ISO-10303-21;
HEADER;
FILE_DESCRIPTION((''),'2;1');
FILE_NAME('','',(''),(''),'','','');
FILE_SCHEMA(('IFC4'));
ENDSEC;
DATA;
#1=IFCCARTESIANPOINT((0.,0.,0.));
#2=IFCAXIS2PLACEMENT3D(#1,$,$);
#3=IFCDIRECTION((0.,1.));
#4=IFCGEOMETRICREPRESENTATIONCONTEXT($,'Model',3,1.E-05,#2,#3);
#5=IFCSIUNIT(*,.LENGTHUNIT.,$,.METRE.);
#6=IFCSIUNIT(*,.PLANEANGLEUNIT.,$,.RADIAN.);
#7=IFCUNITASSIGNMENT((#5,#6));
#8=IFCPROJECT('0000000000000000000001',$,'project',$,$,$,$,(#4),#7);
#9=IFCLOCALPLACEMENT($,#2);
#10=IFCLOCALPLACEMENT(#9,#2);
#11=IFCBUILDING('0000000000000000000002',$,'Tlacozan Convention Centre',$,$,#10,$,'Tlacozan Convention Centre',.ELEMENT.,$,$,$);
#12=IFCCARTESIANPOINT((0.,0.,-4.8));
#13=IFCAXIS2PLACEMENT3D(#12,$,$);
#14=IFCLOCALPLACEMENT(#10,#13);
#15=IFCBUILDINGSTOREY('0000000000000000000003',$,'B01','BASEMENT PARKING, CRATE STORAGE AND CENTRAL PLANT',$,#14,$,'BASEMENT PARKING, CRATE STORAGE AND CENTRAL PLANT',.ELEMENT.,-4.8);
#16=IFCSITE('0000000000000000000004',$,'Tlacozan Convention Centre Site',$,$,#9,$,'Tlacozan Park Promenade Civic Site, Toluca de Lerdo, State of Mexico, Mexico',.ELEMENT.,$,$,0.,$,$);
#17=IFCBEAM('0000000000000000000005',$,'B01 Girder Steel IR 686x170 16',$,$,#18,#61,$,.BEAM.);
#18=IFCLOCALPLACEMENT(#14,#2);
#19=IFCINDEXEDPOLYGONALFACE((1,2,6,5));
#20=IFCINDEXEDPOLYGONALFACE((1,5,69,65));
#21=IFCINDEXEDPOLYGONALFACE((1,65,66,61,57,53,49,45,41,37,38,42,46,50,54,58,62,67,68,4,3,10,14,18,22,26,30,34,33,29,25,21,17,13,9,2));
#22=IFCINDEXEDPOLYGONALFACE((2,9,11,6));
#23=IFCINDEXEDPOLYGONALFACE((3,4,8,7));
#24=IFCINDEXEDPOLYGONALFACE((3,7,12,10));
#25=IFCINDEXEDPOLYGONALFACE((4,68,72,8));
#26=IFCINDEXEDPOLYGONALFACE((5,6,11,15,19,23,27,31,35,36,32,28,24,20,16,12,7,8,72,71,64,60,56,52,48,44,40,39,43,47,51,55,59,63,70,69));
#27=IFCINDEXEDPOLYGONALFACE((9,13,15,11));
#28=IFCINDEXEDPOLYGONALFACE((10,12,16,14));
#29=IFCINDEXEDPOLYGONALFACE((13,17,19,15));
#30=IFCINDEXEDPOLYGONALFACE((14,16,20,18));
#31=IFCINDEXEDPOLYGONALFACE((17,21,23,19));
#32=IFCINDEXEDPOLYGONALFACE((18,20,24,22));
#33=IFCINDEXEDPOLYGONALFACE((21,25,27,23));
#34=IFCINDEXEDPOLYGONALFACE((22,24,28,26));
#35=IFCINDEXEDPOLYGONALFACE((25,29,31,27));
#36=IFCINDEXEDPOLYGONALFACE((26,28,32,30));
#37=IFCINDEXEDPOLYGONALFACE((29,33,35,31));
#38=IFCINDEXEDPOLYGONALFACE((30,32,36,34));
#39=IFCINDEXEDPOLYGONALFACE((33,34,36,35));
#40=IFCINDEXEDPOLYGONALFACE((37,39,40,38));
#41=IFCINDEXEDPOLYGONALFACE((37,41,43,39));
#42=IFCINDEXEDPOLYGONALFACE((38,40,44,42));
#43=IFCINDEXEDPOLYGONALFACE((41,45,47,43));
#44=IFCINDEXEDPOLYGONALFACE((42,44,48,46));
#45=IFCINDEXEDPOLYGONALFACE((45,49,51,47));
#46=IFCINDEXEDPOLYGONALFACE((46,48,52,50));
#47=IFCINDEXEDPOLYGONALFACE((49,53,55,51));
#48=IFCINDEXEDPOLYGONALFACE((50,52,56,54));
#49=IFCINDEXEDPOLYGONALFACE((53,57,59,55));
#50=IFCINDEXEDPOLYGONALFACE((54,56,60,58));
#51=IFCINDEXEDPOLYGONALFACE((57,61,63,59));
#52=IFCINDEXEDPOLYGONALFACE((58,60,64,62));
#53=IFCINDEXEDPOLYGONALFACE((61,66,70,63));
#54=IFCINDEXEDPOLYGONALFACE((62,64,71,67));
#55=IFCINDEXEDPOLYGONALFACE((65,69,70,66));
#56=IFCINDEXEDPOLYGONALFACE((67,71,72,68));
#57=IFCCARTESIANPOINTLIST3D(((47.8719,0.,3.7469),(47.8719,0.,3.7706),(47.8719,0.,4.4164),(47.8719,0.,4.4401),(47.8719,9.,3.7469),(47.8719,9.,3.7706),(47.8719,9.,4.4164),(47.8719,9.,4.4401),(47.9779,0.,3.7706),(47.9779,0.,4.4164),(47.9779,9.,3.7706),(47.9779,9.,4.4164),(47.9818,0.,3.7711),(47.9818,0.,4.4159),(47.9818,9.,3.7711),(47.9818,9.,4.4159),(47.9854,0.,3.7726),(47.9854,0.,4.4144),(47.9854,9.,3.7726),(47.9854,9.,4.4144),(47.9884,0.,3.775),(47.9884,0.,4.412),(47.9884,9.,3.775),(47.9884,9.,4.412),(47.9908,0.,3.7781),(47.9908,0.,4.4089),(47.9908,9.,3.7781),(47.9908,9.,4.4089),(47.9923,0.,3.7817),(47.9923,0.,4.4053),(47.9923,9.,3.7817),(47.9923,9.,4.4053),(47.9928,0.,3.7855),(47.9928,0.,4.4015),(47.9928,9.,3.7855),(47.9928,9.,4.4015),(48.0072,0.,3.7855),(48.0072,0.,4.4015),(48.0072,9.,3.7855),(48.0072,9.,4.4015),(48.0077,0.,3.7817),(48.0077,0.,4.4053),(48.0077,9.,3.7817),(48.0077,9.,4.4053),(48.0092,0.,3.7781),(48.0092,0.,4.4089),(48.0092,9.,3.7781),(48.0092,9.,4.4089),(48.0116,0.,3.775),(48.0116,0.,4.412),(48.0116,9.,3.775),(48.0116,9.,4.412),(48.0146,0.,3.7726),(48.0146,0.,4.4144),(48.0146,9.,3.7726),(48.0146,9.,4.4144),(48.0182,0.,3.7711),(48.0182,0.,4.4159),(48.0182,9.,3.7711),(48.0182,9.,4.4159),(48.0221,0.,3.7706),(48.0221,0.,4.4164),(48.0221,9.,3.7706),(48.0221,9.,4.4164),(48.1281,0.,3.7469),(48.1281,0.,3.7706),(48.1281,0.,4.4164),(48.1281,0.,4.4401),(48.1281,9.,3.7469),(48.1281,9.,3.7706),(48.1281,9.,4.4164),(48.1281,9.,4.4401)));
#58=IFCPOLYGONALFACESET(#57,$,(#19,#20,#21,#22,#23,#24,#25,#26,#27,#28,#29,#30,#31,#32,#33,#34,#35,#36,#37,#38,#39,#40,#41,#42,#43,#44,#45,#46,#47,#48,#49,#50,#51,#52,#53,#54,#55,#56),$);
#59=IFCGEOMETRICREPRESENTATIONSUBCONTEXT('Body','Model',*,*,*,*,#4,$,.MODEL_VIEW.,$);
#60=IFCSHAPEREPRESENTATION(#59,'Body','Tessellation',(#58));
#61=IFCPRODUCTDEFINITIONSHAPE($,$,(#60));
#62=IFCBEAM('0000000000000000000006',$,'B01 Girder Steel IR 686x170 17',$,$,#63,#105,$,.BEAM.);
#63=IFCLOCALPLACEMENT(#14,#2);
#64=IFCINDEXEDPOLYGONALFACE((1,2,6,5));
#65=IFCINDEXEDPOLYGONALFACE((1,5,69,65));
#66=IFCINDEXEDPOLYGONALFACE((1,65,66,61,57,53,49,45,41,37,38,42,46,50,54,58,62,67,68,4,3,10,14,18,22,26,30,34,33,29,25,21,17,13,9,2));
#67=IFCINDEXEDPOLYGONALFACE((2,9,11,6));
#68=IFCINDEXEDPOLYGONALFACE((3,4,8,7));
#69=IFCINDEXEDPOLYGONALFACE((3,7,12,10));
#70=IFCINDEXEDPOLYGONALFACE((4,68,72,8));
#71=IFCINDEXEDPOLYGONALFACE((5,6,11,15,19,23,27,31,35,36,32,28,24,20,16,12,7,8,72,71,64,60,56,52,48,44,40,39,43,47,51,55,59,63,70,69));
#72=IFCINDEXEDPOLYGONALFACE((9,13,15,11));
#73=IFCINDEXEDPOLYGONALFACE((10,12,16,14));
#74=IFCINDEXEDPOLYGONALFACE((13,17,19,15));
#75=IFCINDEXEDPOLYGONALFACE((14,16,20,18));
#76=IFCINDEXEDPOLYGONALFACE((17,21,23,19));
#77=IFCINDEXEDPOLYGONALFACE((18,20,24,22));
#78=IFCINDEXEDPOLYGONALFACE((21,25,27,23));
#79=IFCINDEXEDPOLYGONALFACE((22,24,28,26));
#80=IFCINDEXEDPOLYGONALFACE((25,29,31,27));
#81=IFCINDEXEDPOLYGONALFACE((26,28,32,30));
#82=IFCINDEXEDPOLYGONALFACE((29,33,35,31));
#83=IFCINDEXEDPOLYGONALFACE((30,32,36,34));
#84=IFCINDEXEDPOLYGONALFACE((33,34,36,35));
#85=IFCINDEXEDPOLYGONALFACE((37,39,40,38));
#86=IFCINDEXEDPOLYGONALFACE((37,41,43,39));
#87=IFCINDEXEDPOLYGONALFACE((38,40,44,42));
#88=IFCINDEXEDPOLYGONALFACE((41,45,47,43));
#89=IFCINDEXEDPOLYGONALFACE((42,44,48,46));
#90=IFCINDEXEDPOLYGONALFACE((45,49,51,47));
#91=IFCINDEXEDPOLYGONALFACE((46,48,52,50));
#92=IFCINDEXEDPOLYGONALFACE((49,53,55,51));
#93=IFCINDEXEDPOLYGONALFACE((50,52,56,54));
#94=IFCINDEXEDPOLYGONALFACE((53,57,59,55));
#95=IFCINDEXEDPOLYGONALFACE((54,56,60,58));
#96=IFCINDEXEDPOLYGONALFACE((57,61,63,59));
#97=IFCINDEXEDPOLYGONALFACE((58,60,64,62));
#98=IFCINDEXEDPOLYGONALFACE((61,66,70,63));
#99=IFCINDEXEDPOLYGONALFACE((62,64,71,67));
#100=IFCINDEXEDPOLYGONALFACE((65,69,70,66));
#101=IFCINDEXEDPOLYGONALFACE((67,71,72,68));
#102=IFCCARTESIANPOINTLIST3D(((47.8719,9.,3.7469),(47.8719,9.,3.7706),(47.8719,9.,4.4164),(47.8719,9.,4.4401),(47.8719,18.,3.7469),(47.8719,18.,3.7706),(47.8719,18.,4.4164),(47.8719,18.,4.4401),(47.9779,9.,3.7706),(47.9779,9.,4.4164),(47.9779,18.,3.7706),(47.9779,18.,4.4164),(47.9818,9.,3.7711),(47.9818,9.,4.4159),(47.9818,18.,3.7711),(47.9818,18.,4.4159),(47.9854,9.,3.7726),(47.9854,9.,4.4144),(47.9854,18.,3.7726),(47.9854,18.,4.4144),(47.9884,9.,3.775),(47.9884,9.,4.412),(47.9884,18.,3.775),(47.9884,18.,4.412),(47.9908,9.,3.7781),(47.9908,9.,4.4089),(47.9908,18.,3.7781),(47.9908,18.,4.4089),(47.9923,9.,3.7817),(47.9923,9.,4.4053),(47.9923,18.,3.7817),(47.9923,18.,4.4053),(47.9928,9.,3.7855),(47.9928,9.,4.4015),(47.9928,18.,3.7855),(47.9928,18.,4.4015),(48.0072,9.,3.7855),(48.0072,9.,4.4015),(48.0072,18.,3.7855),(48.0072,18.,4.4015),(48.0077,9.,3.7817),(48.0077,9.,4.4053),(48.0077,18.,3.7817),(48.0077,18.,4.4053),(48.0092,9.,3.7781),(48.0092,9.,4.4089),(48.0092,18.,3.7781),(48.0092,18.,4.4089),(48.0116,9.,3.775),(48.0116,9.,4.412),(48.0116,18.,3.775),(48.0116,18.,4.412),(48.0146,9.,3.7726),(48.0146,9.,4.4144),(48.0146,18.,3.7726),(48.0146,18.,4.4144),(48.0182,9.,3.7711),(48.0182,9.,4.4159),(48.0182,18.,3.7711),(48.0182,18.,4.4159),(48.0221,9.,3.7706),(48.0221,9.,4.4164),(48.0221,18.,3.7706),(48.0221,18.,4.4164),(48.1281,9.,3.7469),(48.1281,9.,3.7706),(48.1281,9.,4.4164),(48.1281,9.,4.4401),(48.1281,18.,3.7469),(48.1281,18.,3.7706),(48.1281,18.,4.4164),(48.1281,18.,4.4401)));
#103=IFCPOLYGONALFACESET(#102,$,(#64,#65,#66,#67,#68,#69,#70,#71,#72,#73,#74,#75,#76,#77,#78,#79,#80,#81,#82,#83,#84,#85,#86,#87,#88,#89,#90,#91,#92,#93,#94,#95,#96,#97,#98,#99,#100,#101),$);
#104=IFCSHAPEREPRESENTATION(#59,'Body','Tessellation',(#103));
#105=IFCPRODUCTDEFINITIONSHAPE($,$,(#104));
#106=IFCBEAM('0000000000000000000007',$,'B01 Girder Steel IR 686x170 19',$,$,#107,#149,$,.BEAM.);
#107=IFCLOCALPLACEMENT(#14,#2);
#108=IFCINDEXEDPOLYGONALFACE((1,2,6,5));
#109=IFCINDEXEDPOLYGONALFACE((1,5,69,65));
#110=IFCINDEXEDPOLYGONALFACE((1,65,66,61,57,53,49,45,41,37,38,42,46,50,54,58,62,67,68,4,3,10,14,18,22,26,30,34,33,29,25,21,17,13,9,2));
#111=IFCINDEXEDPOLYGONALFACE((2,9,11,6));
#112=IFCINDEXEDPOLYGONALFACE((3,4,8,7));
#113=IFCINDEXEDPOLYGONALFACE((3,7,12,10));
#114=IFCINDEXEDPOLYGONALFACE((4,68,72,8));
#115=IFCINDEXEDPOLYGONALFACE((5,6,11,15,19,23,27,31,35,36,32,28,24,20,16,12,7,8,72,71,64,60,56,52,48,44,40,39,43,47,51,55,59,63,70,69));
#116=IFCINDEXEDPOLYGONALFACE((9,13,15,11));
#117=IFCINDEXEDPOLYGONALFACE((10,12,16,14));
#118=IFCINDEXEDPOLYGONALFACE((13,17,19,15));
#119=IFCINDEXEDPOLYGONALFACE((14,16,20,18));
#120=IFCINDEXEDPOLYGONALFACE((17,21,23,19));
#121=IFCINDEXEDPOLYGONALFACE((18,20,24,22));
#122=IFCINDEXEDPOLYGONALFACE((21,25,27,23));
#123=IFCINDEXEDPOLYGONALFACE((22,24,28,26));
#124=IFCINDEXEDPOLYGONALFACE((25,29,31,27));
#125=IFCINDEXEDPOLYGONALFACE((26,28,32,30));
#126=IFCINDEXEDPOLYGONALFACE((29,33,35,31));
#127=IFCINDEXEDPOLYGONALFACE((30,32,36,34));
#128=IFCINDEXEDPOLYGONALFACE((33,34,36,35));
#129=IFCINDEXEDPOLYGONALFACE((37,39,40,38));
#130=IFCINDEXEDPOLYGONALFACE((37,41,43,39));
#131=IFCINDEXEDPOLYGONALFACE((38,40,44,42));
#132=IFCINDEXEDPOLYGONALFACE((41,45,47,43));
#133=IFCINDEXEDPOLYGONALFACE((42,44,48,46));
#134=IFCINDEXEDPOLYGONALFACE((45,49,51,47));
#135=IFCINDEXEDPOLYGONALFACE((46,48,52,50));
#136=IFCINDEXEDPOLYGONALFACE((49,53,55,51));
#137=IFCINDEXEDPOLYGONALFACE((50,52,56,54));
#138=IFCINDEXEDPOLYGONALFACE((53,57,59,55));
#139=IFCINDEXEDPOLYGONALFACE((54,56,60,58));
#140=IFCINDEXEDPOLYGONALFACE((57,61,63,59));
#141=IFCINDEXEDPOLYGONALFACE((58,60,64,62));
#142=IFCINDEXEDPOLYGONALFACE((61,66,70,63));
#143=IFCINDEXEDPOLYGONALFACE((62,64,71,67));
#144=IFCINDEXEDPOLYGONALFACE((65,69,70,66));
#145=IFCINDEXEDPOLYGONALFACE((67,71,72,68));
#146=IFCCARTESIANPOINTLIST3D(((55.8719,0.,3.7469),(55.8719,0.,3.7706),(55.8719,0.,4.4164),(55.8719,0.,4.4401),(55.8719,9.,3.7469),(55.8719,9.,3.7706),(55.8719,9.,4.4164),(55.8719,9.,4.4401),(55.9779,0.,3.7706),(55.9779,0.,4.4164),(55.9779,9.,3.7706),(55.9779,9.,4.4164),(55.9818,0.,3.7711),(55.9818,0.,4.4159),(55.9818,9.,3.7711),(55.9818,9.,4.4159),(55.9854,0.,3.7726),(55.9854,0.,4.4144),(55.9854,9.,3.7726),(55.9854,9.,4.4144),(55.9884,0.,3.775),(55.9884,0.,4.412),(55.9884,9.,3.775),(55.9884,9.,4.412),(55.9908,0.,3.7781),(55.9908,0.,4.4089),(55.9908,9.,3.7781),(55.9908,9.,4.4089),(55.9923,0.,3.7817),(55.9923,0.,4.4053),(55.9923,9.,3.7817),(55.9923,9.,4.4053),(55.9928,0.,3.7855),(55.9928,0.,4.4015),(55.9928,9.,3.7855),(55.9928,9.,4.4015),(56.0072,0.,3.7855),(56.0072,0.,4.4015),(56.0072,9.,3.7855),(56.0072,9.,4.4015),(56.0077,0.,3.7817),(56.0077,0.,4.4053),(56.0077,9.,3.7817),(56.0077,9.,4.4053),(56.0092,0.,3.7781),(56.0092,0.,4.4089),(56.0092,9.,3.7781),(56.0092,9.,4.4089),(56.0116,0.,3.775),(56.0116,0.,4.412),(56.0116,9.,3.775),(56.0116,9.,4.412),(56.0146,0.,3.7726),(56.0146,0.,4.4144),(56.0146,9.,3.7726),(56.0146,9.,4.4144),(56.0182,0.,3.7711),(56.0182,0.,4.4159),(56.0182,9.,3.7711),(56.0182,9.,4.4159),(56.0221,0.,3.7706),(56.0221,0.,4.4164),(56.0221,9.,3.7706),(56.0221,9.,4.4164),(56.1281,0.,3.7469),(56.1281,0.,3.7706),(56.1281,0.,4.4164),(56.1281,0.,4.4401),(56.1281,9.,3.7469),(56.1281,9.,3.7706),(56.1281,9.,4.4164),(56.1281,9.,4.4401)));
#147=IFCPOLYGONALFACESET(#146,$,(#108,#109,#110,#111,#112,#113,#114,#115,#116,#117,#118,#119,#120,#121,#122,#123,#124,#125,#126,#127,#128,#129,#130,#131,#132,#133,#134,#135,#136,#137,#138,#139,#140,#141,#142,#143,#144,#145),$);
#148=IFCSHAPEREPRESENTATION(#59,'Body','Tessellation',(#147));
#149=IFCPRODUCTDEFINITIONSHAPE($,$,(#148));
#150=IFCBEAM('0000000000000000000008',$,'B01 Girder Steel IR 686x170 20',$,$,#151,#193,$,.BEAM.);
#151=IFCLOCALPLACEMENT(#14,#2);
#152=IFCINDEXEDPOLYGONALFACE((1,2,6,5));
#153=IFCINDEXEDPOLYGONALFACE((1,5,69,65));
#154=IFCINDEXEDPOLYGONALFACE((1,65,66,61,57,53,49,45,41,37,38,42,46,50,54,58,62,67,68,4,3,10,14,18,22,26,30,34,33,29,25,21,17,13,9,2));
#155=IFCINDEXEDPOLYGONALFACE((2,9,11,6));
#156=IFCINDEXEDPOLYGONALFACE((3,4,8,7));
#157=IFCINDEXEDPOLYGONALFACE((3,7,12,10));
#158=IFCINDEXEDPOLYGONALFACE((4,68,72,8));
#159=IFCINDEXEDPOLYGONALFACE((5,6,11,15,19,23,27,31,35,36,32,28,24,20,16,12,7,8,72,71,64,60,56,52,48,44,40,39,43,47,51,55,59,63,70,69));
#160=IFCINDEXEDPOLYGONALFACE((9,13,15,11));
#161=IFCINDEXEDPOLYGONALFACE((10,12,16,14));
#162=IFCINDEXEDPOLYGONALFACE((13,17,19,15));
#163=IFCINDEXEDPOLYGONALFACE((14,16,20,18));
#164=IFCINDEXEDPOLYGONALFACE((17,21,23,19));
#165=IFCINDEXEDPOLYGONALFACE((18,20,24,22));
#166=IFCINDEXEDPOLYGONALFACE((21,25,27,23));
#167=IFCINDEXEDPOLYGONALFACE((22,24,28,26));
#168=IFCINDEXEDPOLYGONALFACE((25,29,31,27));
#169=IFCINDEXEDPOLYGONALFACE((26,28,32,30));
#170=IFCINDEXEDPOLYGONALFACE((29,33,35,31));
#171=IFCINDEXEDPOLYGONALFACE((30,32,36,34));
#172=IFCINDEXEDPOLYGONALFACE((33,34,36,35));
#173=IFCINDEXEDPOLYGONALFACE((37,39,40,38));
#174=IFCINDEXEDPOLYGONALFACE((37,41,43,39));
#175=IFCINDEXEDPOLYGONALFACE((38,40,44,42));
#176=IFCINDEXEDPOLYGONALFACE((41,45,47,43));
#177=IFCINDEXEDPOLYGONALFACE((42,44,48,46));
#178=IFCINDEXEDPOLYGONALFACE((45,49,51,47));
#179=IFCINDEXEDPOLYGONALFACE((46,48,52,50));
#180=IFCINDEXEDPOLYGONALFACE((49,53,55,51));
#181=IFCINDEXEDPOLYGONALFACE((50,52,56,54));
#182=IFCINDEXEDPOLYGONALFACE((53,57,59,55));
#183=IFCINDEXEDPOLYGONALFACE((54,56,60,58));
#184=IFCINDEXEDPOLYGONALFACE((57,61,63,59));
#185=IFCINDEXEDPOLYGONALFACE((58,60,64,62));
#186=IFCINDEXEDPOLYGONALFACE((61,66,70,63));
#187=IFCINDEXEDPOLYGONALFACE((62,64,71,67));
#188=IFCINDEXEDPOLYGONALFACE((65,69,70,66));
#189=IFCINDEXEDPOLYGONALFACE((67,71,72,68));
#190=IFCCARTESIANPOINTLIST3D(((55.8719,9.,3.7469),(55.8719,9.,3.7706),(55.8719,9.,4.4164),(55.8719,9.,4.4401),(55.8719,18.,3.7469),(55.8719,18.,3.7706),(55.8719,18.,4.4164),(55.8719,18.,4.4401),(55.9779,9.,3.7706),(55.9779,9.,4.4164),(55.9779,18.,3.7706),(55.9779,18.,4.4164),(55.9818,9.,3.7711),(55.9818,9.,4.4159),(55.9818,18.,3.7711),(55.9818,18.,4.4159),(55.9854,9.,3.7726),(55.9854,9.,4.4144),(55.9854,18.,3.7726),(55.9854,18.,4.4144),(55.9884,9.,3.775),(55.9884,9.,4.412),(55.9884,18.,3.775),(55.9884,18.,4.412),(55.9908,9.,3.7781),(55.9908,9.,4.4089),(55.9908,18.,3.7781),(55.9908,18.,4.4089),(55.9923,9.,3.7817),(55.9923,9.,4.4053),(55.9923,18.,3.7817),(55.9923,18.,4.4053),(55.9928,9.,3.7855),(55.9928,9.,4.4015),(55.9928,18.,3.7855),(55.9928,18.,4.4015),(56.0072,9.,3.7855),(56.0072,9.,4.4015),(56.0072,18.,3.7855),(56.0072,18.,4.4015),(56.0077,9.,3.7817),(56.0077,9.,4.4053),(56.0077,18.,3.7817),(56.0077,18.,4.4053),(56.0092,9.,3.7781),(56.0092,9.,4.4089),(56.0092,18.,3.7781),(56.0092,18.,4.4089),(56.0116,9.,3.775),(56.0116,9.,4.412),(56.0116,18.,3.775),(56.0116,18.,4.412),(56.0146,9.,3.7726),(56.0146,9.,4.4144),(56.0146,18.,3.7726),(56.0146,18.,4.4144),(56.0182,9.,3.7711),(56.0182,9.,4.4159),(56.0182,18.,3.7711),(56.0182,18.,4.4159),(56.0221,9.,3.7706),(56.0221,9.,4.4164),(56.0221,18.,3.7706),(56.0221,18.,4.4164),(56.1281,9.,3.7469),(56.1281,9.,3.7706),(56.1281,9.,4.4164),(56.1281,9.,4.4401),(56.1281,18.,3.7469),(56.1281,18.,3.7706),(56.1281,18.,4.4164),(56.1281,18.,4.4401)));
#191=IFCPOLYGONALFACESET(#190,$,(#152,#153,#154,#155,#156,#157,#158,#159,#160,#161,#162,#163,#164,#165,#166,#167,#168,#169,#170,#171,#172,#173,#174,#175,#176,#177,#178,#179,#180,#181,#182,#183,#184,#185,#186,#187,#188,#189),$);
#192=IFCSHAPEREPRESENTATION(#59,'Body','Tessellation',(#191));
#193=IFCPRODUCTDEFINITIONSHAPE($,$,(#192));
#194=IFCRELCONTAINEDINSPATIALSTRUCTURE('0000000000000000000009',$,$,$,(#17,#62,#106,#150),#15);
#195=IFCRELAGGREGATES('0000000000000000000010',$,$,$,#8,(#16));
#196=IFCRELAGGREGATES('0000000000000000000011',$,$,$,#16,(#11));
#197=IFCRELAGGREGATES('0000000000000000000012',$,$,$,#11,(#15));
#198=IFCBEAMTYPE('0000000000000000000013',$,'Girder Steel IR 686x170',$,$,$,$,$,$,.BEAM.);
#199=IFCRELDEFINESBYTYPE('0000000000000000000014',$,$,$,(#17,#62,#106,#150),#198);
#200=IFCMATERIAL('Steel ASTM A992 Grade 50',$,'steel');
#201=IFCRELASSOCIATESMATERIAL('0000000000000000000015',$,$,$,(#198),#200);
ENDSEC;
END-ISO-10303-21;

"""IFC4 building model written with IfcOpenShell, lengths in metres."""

from ifc_helpers import new_model, si_unit, direction, frame, origin, origin_2d, place, context, subcontext, project, spatial, i_section, extrude, material, material_profile, profile_set, type_object, element, save


model = new_model("IFC4")

# Units and contexts
model_context = context("Model", 3, precision=1e-05, world=origin(), true_north=direction((0.0, 1.0)))
body_context = subcontext(model_context, "Body", "Model", "MODEL_VIEW")
ifc_project = project(units=[si_unit("LENGTHUNIT", "METRE"), si_unit("PLANEANGLEUNIT", "RADIAN")], contexts=[model_context])

# Site, building, storey
site_placement = place(None, origin())
site = spatial("IfcSite", under=ifc_project, at=site_placement, Name="Tlacozan Convention Centre Site", LongName="Tlacozan Park Promenade Civic Site, Toluca de Lerdo, State of Mexico, Mexico", CompositionType="ELEMENT", RefElevation=0.0)
building_placement = place(site_placement, origin())
building = spatial("IfcBuilding", under=site, at=building_placement, Name="Tlacozan Convention Centre", LongName="Tlacozan Convention Centre", CompositionType="ELEMENT")
storey_placement = place(building_placement, frame((0.0, 0.0, -4.8)))
storey = spatial("IfcBuildingStorey", under=building, at=storey_placement, Name="B01", Description="BASEMENT PARKING, CRATE STORAGE AND CENTRAL PLANT", LongName="BASEMENT PARKING, CRATE STORAGE AND CENTRAL PLANT", CompositionType="ELEMENT", Elevation=-4.8)

# Beams
ifc_material_1 = material(Name="Steel ASTM A992 Grade 50", Category="steel")
ifc_material_profile_1 = material_profile(ifc_material_1, i_section(OverallWidth=0.2561, OverallDepth=0.6931, WebThickness=0.0144, FlangeThickness=0.0237, FilletRadius=0.0149, at=origin_2d()), Name="IR 686x170.0")
ifc_profile_set_1 = profile_set([ifc_material_profile_1], Name="Steel ASTM A992 Grade 50")
beam_type_1 = type_object("IfcBeamType", Name="Girder Steel IR 686x170", PredefinedType="BEAM", material=ifc_profile_set_1)
for number, where, z_axis, x_axis, name in (
    (1, (48.0, 0.0, 4.0935), (0.0, 1.0, 0.0), (-1.0, 0.0, 0.0), "B01 Girder Steel IR 686x170 16"),
    (2, (48.0, 9.0, 4.0935), (0.0, 1.0, 0.0), (-1.0, 0.0, 0.0), "B01 Girder Steel IR 686x170 17"),
    (3, (56.0, 0.0, 4.0935), (0.0, 1.0, 0.0), (-1.0, 0.0, 0.0), "B01 Girder Steel IR 686x170 19"),
    (4, (56.0, 9.0, 4.0935), (0.0, 1.0, 0.0), (-1.0, 0.0, 0.0), "B01 Girder Steel IR 686x170 20"),
):
    element("IfcBeam", number, at=place(storey_placement, frame(where, z_axis=z_axis, x_axis=x_axis)), inside=storey, type_object=beam_type_1, Name=name, PredefinedType="BEAM", context=body_context, shape_type="SweptSolid", body=[
        extrude(i_section(OverallWidth=0.2561, OverallDepth=0.6931, WebThickness=0.0144, FlangeThickness=0.0237, FilletRadius=0.0149, at=origin_2d()), origin(), (0.0, 0.0, 1.0), 9.0),
    ])

save(model, "model.ifc")
